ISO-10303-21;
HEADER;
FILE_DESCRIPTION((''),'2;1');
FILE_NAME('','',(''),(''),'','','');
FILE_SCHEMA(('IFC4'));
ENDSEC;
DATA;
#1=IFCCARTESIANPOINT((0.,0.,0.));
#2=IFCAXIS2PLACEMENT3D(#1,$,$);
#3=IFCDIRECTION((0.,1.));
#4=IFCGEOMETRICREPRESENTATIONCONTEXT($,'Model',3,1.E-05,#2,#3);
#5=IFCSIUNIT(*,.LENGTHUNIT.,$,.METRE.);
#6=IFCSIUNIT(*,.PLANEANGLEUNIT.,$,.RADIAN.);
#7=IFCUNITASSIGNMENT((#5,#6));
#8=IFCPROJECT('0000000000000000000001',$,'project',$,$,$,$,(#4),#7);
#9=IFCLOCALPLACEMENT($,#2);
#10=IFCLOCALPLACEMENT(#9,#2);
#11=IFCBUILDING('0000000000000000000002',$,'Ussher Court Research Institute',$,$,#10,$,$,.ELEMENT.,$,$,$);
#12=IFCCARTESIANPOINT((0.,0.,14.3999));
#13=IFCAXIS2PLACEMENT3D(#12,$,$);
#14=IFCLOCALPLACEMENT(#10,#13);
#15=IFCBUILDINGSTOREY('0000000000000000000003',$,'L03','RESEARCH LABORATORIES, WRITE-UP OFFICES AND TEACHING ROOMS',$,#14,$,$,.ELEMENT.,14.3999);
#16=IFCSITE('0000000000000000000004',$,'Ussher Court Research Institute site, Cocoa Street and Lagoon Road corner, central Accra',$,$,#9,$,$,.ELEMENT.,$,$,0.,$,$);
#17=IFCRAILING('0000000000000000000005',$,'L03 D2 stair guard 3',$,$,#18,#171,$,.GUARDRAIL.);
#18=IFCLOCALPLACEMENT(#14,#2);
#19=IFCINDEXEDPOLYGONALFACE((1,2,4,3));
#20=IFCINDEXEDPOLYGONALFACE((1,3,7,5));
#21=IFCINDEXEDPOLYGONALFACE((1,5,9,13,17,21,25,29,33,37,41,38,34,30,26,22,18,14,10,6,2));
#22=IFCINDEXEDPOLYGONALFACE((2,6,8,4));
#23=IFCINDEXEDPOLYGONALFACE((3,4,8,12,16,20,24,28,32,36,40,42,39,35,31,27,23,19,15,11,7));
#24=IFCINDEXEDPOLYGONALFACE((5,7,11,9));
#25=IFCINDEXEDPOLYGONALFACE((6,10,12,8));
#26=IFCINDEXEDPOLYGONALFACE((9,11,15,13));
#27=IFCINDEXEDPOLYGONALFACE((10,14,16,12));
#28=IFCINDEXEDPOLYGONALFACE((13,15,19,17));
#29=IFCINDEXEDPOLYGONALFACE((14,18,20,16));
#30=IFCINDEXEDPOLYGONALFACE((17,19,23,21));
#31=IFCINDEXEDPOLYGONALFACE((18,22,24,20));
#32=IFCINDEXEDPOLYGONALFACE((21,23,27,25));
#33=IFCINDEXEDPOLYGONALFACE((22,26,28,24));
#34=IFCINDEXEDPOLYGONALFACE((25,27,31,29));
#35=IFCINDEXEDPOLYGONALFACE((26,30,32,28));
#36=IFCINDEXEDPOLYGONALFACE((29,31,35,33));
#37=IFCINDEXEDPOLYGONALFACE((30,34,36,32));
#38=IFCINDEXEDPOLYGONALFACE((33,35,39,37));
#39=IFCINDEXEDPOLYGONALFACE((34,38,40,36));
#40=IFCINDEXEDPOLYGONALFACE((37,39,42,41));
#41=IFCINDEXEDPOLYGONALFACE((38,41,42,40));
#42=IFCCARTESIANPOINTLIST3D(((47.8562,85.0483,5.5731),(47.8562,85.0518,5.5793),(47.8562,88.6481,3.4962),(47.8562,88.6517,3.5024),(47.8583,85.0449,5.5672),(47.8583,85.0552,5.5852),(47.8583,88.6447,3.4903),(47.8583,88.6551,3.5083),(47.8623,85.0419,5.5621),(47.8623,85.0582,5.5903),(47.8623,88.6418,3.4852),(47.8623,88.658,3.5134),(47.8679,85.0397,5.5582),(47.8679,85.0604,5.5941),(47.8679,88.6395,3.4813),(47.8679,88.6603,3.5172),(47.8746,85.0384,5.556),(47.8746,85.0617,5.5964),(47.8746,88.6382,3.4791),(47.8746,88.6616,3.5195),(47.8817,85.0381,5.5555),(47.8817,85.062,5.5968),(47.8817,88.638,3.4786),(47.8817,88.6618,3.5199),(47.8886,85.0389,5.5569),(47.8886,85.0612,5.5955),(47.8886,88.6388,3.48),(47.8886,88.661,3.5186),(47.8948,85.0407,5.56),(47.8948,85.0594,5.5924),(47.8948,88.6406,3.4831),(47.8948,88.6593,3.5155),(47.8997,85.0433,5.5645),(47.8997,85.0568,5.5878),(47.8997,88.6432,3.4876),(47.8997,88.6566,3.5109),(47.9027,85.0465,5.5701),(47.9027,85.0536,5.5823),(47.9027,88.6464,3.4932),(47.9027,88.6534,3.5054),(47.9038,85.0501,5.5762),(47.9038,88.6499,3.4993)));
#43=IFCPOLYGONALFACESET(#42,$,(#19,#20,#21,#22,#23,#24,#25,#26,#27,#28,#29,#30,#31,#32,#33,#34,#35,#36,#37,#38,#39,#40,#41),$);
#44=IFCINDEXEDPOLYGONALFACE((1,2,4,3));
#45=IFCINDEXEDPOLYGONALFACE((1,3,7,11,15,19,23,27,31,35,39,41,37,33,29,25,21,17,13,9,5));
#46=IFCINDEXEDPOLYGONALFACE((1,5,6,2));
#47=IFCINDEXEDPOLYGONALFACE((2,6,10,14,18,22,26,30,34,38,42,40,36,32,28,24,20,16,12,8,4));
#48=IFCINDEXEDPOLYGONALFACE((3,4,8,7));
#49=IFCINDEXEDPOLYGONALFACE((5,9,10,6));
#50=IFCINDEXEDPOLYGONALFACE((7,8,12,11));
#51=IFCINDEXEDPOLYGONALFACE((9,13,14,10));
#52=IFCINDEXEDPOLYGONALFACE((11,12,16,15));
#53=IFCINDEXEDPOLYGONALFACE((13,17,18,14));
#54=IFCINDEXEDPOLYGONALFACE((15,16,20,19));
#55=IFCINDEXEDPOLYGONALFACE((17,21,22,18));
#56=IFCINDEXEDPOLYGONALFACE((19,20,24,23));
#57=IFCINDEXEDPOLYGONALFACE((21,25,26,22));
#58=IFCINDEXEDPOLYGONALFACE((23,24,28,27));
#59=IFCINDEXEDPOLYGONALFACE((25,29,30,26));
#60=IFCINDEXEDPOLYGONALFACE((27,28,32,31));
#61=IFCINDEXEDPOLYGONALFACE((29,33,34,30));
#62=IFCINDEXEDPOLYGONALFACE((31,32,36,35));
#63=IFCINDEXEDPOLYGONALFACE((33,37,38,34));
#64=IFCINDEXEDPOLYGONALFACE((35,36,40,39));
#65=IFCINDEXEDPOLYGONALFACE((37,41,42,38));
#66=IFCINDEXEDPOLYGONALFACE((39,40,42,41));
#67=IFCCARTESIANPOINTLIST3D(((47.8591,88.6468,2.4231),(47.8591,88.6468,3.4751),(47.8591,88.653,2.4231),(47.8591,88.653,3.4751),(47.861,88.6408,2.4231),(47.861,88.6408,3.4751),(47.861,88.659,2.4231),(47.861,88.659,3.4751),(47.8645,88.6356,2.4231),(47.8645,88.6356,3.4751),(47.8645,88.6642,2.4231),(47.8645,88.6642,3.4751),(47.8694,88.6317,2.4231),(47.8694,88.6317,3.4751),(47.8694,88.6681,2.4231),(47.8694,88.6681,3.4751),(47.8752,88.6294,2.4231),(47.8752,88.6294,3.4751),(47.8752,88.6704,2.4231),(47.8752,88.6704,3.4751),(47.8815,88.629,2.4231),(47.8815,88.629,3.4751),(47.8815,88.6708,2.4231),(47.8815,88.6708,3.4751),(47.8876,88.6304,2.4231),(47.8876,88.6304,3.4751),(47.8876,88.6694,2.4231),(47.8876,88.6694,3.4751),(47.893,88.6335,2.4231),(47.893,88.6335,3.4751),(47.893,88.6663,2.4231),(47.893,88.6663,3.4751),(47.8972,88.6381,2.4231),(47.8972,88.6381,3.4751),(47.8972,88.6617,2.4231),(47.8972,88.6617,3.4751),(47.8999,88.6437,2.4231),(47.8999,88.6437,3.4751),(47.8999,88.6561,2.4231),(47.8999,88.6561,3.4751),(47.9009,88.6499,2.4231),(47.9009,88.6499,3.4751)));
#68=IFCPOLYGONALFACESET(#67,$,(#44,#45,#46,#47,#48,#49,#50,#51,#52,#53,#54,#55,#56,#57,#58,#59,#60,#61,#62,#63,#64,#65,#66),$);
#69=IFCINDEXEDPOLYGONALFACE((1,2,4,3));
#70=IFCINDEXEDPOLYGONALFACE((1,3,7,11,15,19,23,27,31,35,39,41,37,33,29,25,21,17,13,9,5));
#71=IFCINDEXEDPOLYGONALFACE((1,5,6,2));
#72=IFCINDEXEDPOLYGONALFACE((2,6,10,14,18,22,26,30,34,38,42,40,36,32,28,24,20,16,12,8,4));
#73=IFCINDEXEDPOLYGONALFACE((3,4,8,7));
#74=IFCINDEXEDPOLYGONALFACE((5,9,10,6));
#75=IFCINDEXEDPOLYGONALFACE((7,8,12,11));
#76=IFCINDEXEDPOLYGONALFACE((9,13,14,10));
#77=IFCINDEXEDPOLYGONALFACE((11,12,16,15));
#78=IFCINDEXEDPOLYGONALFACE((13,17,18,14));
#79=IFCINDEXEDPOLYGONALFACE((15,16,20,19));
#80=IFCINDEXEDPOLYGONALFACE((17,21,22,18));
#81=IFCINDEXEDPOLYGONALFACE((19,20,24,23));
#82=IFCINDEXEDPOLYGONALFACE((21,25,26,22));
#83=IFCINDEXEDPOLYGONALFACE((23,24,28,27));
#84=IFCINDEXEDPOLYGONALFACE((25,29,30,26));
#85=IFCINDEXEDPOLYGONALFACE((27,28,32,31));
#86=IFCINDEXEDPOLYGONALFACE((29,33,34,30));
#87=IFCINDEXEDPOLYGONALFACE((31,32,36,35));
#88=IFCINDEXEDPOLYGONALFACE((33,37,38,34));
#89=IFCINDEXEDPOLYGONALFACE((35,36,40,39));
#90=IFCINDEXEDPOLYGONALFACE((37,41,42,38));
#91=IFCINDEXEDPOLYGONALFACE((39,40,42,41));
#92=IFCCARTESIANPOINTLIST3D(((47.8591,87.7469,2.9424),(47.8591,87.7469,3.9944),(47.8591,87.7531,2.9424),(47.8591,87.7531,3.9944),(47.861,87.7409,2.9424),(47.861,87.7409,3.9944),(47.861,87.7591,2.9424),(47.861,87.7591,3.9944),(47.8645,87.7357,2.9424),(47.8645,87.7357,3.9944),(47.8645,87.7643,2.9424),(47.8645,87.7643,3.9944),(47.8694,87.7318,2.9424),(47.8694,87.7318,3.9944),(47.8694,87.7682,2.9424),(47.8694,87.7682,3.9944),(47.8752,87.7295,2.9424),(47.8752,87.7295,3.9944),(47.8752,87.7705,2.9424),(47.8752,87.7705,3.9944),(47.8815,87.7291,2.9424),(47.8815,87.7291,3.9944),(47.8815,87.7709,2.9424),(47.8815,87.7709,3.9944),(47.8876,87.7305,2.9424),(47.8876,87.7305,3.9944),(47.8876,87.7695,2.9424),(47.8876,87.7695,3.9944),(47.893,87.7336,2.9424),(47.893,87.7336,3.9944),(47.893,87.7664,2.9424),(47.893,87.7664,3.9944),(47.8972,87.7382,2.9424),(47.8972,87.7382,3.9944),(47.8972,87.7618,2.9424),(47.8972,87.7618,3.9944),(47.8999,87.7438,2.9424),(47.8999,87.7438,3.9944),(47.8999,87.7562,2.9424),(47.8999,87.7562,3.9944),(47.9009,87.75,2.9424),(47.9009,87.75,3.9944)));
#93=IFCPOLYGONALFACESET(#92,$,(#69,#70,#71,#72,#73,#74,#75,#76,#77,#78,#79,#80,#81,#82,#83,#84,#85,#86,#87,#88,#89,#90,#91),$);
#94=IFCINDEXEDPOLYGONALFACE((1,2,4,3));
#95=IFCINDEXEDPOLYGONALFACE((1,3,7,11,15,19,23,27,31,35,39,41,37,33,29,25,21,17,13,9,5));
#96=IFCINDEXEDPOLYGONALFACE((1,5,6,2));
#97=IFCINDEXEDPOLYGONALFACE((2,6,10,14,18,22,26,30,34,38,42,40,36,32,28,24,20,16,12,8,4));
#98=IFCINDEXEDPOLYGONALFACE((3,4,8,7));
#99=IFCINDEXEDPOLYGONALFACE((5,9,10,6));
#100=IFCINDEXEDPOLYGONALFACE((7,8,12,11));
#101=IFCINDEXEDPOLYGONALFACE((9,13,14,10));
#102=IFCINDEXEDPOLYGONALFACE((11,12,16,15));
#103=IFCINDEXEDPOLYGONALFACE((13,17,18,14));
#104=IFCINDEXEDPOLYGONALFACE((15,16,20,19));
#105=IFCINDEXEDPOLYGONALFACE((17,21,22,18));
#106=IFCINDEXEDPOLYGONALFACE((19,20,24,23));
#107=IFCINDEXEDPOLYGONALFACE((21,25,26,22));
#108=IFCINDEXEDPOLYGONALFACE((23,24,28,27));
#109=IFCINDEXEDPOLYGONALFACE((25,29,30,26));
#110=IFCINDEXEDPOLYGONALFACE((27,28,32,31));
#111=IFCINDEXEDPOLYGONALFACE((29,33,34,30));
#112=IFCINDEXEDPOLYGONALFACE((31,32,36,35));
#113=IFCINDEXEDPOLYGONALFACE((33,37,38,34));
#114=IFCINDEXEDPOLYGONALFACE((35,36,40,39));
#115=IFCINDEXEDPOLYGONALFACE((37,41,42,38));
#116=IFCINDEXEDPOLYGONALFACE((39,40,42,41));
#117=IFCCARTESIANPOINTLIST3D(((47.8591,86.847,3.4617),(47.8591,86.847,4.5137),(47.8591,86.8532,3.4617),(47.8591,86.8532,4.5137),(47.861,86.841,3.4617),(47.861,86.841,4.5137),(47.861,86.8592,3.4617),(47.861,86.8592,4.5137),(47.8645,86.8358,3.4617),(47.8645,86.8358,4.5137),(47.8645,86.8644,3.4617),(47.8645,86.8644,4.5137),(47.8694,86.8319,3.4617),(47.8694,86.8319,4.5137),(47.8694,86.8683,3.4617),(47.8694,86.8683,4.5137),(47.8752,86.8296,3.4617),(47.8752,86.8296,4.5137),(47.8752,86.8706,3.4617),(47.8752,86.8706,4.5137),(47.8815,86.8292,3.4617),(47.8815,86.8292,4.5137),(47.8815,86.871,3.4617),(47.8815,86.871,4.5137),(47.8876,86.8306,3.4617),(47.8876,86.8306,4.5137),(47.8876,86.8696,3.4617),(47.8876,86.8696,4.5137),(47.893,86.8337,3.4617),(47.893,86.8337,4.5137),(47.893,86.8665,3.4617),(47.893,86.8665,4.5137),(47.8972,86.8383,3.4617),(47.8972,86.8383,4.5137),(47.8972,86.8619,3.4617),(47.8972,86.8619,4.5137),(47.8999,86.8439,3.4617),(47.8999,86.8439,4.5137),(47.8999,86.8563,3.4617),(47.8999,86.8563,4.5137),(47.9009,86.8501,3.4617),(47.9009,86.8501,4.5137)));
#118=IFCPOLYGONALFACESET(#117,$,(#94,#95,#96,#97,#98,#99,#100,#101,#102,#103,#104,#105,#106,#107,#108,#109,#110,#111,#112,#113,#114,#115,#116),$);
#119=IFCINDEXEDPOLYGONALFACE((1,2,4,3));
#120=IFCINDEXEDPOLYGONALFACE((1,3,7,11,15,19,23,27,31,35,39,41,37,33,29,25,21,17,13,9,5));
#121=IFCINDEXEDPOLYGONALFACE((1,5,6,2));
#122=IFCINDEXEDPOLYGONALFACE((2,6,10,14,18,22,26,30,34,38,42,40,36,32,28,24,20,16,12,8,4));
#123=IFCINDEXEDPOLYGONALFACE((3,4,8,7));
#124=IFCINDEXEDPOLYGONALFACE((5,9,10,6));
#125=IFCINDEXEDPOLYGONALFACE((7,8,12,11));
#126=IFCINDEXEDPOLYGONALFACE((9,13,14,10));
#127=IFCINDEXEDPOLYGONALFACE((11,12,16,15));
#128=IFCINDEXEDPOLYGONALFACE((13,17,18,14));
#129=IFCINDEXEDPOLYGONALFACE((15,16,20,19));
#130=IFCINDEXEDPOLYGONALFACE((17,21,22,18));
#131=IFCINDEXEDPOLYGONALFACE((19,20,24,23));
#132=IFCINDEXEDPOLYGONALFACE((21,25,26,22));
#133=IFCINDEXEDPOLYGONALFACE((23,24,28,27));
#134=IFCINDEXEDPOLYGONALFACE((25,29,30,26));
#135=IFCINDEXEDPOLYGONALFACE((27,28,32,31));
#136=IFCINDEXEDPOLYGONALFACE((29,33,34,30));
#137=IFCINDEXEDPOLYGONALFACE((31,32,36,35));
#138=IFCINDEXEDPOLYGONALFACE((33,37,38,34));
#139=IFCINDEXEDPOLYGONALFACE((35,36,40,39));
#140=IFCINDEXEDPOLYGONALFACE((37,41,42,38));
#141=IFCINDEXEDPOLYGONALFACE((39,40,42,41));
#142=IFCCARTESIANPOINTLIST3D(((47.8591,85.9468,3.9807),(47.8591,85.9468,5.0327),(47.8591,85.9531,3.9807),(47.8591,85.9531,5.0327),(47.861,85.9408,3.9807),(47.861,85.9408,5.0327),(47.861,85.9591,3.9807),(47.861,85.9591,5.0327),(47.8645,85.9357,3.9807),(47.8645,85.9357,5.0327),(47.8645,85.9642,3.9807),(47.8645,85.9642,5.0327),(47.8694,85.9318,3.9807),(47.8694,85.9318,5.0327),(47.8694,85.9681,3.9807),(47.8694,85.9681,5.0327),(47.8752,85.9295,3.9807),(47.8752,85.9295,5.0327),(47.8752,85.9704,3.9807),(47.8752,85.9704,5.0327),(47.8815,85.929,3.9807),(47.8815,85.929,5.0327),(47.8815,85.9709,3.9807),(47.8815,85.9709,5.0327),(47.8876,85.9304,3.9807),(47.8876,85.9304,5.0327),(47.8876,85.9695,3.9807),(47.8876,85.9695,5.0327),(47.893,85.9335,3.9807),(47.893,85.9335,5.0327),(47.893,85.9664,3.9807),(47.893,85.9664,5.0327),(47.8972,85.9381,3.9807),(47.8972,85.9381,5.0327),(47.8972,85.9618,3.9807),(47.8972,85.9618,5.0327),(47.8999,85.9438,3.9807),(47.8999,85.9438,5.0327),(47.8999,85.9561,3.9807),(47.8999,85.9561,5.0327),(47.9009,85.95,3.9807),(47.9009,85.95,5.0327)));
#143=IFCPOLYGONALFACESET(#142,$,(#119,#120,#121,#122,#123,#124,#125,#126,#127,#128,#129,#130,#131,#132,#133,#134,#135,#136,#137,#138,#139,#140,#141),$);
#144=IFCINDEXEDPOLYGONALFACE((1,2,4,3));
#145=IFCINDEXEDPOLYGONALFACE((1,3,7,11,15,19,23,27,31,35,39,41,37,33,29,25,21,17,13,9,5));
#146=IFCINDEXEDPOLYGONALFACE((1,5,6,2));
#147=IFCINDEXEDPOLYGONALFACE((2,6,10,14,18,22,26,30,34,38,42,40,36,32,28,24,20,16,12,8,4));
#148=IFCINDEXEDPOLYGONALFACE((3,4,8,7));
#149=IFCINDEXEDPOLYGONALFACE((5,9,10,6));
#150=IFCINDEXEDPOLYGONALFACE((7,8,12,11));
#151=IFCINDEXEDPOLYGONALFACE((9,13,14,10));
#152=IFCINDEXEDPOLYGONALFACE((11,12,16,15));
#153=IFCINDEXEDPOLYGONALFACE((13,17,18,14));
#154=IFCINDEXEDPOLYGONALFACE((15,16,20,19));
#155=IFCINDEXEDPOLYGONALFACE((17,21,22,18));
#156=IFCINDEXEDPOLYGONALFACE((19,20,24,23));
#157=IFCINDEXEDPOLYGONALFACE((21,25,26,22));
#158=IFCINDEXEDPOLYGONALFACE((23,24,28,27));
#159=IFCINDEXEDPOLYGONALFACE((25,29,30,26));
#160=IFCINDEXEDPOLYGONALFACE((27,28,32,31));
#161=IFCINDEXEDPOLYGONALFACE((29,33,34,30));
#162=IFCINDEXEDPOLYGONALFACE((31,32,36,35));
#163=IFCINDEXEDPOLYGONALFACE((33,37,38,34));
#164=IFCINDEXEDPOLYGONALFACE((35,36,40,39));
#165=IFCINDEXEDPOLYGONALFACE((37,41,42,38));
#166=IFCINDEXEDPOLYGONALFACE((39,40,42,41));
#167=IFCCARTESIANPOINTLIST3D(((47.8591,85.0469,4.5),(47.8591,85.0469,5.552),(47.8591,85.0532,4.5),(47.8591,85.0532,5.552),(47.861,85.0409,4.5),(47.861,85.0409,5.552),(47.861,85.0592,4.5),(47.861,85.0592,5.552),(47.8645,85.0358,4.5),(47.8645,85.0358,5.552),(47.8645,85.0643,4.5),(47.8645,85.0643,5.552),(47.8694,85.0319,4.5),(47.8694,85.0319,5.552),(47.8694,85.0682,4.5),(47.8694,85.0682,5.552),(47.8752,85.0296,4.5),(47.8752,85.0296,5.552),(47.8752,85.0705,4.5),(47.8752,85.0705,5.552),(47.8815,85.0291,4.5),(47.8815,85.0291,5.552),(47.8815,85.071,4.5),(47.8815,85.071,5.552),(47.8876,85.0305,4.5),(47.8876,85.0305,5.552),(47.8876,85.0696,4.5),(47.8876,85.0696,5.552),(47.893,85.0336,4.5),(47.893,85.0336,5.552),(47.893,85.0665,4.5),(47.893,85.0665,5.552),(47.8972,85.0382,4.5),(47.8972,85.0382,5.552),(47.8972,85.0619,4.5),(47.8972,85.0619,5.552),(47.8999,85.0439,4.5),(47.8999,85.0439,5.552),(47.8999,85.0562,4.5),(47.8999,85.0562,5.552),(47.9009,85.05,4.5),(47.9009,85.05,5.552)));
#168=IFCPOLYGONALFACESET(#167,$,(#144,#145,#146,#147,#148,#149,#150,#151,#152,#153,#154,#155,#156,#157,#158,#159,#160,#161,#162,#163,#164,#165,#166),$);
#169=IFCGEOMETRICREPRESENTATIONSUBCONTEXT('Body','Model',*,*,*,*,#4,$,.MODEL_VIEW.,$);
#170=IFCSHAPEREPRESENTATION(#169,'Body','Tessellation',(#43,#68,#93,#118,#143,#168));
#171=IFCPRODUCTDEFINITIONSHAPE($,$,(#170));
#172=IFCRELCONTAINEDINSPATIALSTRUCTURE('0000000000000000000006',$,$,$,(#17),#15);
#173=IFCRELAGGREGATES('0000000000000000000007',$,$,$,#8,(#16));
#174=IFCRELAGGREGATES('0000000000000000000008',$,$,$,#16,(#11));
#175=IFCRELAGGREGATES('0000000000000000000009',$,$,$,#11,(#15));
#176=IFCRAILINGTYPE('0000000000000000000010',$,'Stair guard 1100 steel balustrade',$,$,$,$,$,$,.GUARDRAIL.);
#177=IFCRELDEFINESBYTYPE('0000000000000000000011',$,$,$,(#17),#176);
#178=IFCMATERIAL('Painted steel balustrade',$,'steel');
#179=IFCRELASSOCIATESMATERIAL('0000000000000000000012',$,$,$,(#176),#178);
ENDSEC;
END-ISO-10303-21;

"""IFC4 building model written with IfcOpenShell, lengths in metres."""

from ifc_helpers import new_model, si_unit, direction, frame, origin, origin_2d, place, context, subcontext, project, spatial, circle, extrude, material, type_object, element, save


model = new_model("IFC4")

# Units and contexts
model_context = context("Model", 3, precision=1e-05, world=origin(), true_north=direction((0.0, 1.0)))
body_context = subcontext(model_context, "Body", "Model", "MODEL_VIEW")
ifc_project = project(units=[si_unit("LENGTHUNIT", "METRE"), si_unit("PLANEANGLEUNIT", "RADIAN")], contexts=[model_context])

# Site, building, storey
site_placement = place(None, origin())
site = spatial("IfcSite", under=ifc_project, at=site_placement, Name="Ussher Court Research Institute site, Cocoa Street and Lagoon Road corner, central Accra", CompositionType="ELEMENT", RefElevation=0.0)
building_placement = place(site_placement, origin())
building = spatial("IfcBuilding", under=site, at=building_placement, Name="Ussher Court Research Institute", CompositionType="ELEMENT")
storey_placement = place(building_placement, frame((0.0, 0.0, 14.3999)))
storey = spatial("IfcBuildingStorey", under=building, at=storey_placement, Name="L03", Description="RESEARCH LABORATORIES, WRITE-UP OFFICES AND TEACHING ROOMS", CompositionType="ELEMENT", Elevation=14.3999)

# Railing
ifc_material_1 = material(Name="Painted steel balustrade", Category="steel")
railing_type_1 = type_object("IfcRailingType", Name="Stair guard 1100 steel balustrade", PredefinedType="GUARDRAIL", material=ifc_material_1)
railing_1_placement = place(storey_placement, frame((47.8799, 88.6499, 2.4231)))
element("IfcRailing", 1, at=railing_1_placement, inside=storey, type_object=railing_type_1, Name="L03 D2 stair guard 3", PredefinedType="GUARDRAIL", context=body_context, shape_type="SweptSolid", body=[
    extrude(circle(Radius=0.0239, at=origin_2d()), frame((0.0, 0.0, 1.0762), z_axis=(0.0, -0.866179, 0.499734), x_axis=(1.0, 0.0, 0.0)), (0.0, 0.0, 1.0), 4.156),
    extrude(circle(Radius=0.021, at=origin_2d()), origin(), (0.0, 0.0, 1.0), 1.052),
    extrude(circle(Radius=0.021, at=origin_2d()), frame((0.0, -0.8999, 0.5193)), (0.0, 0.0, 1.0), 1.052),
    extrude(circle(Radius=0.021, at=origin_2d()), frame((0.0, -1.7998, 1.0386)), (0.0, 0.0, 1.0), 1.052),
    extrude(circle(Radius=0.021, at=origin_2d()), frame((0.0, -2.7, 1.5576)), (0.0, 0.0, 1.0), 1.052),
    extrude(circle(Radius=0.021, at=origin_2d()), frame((0.0, -3.5999, 2.0769)), (0.0, 0.0, 1.0), 1.052),
])

save(model, "model.ifc")
